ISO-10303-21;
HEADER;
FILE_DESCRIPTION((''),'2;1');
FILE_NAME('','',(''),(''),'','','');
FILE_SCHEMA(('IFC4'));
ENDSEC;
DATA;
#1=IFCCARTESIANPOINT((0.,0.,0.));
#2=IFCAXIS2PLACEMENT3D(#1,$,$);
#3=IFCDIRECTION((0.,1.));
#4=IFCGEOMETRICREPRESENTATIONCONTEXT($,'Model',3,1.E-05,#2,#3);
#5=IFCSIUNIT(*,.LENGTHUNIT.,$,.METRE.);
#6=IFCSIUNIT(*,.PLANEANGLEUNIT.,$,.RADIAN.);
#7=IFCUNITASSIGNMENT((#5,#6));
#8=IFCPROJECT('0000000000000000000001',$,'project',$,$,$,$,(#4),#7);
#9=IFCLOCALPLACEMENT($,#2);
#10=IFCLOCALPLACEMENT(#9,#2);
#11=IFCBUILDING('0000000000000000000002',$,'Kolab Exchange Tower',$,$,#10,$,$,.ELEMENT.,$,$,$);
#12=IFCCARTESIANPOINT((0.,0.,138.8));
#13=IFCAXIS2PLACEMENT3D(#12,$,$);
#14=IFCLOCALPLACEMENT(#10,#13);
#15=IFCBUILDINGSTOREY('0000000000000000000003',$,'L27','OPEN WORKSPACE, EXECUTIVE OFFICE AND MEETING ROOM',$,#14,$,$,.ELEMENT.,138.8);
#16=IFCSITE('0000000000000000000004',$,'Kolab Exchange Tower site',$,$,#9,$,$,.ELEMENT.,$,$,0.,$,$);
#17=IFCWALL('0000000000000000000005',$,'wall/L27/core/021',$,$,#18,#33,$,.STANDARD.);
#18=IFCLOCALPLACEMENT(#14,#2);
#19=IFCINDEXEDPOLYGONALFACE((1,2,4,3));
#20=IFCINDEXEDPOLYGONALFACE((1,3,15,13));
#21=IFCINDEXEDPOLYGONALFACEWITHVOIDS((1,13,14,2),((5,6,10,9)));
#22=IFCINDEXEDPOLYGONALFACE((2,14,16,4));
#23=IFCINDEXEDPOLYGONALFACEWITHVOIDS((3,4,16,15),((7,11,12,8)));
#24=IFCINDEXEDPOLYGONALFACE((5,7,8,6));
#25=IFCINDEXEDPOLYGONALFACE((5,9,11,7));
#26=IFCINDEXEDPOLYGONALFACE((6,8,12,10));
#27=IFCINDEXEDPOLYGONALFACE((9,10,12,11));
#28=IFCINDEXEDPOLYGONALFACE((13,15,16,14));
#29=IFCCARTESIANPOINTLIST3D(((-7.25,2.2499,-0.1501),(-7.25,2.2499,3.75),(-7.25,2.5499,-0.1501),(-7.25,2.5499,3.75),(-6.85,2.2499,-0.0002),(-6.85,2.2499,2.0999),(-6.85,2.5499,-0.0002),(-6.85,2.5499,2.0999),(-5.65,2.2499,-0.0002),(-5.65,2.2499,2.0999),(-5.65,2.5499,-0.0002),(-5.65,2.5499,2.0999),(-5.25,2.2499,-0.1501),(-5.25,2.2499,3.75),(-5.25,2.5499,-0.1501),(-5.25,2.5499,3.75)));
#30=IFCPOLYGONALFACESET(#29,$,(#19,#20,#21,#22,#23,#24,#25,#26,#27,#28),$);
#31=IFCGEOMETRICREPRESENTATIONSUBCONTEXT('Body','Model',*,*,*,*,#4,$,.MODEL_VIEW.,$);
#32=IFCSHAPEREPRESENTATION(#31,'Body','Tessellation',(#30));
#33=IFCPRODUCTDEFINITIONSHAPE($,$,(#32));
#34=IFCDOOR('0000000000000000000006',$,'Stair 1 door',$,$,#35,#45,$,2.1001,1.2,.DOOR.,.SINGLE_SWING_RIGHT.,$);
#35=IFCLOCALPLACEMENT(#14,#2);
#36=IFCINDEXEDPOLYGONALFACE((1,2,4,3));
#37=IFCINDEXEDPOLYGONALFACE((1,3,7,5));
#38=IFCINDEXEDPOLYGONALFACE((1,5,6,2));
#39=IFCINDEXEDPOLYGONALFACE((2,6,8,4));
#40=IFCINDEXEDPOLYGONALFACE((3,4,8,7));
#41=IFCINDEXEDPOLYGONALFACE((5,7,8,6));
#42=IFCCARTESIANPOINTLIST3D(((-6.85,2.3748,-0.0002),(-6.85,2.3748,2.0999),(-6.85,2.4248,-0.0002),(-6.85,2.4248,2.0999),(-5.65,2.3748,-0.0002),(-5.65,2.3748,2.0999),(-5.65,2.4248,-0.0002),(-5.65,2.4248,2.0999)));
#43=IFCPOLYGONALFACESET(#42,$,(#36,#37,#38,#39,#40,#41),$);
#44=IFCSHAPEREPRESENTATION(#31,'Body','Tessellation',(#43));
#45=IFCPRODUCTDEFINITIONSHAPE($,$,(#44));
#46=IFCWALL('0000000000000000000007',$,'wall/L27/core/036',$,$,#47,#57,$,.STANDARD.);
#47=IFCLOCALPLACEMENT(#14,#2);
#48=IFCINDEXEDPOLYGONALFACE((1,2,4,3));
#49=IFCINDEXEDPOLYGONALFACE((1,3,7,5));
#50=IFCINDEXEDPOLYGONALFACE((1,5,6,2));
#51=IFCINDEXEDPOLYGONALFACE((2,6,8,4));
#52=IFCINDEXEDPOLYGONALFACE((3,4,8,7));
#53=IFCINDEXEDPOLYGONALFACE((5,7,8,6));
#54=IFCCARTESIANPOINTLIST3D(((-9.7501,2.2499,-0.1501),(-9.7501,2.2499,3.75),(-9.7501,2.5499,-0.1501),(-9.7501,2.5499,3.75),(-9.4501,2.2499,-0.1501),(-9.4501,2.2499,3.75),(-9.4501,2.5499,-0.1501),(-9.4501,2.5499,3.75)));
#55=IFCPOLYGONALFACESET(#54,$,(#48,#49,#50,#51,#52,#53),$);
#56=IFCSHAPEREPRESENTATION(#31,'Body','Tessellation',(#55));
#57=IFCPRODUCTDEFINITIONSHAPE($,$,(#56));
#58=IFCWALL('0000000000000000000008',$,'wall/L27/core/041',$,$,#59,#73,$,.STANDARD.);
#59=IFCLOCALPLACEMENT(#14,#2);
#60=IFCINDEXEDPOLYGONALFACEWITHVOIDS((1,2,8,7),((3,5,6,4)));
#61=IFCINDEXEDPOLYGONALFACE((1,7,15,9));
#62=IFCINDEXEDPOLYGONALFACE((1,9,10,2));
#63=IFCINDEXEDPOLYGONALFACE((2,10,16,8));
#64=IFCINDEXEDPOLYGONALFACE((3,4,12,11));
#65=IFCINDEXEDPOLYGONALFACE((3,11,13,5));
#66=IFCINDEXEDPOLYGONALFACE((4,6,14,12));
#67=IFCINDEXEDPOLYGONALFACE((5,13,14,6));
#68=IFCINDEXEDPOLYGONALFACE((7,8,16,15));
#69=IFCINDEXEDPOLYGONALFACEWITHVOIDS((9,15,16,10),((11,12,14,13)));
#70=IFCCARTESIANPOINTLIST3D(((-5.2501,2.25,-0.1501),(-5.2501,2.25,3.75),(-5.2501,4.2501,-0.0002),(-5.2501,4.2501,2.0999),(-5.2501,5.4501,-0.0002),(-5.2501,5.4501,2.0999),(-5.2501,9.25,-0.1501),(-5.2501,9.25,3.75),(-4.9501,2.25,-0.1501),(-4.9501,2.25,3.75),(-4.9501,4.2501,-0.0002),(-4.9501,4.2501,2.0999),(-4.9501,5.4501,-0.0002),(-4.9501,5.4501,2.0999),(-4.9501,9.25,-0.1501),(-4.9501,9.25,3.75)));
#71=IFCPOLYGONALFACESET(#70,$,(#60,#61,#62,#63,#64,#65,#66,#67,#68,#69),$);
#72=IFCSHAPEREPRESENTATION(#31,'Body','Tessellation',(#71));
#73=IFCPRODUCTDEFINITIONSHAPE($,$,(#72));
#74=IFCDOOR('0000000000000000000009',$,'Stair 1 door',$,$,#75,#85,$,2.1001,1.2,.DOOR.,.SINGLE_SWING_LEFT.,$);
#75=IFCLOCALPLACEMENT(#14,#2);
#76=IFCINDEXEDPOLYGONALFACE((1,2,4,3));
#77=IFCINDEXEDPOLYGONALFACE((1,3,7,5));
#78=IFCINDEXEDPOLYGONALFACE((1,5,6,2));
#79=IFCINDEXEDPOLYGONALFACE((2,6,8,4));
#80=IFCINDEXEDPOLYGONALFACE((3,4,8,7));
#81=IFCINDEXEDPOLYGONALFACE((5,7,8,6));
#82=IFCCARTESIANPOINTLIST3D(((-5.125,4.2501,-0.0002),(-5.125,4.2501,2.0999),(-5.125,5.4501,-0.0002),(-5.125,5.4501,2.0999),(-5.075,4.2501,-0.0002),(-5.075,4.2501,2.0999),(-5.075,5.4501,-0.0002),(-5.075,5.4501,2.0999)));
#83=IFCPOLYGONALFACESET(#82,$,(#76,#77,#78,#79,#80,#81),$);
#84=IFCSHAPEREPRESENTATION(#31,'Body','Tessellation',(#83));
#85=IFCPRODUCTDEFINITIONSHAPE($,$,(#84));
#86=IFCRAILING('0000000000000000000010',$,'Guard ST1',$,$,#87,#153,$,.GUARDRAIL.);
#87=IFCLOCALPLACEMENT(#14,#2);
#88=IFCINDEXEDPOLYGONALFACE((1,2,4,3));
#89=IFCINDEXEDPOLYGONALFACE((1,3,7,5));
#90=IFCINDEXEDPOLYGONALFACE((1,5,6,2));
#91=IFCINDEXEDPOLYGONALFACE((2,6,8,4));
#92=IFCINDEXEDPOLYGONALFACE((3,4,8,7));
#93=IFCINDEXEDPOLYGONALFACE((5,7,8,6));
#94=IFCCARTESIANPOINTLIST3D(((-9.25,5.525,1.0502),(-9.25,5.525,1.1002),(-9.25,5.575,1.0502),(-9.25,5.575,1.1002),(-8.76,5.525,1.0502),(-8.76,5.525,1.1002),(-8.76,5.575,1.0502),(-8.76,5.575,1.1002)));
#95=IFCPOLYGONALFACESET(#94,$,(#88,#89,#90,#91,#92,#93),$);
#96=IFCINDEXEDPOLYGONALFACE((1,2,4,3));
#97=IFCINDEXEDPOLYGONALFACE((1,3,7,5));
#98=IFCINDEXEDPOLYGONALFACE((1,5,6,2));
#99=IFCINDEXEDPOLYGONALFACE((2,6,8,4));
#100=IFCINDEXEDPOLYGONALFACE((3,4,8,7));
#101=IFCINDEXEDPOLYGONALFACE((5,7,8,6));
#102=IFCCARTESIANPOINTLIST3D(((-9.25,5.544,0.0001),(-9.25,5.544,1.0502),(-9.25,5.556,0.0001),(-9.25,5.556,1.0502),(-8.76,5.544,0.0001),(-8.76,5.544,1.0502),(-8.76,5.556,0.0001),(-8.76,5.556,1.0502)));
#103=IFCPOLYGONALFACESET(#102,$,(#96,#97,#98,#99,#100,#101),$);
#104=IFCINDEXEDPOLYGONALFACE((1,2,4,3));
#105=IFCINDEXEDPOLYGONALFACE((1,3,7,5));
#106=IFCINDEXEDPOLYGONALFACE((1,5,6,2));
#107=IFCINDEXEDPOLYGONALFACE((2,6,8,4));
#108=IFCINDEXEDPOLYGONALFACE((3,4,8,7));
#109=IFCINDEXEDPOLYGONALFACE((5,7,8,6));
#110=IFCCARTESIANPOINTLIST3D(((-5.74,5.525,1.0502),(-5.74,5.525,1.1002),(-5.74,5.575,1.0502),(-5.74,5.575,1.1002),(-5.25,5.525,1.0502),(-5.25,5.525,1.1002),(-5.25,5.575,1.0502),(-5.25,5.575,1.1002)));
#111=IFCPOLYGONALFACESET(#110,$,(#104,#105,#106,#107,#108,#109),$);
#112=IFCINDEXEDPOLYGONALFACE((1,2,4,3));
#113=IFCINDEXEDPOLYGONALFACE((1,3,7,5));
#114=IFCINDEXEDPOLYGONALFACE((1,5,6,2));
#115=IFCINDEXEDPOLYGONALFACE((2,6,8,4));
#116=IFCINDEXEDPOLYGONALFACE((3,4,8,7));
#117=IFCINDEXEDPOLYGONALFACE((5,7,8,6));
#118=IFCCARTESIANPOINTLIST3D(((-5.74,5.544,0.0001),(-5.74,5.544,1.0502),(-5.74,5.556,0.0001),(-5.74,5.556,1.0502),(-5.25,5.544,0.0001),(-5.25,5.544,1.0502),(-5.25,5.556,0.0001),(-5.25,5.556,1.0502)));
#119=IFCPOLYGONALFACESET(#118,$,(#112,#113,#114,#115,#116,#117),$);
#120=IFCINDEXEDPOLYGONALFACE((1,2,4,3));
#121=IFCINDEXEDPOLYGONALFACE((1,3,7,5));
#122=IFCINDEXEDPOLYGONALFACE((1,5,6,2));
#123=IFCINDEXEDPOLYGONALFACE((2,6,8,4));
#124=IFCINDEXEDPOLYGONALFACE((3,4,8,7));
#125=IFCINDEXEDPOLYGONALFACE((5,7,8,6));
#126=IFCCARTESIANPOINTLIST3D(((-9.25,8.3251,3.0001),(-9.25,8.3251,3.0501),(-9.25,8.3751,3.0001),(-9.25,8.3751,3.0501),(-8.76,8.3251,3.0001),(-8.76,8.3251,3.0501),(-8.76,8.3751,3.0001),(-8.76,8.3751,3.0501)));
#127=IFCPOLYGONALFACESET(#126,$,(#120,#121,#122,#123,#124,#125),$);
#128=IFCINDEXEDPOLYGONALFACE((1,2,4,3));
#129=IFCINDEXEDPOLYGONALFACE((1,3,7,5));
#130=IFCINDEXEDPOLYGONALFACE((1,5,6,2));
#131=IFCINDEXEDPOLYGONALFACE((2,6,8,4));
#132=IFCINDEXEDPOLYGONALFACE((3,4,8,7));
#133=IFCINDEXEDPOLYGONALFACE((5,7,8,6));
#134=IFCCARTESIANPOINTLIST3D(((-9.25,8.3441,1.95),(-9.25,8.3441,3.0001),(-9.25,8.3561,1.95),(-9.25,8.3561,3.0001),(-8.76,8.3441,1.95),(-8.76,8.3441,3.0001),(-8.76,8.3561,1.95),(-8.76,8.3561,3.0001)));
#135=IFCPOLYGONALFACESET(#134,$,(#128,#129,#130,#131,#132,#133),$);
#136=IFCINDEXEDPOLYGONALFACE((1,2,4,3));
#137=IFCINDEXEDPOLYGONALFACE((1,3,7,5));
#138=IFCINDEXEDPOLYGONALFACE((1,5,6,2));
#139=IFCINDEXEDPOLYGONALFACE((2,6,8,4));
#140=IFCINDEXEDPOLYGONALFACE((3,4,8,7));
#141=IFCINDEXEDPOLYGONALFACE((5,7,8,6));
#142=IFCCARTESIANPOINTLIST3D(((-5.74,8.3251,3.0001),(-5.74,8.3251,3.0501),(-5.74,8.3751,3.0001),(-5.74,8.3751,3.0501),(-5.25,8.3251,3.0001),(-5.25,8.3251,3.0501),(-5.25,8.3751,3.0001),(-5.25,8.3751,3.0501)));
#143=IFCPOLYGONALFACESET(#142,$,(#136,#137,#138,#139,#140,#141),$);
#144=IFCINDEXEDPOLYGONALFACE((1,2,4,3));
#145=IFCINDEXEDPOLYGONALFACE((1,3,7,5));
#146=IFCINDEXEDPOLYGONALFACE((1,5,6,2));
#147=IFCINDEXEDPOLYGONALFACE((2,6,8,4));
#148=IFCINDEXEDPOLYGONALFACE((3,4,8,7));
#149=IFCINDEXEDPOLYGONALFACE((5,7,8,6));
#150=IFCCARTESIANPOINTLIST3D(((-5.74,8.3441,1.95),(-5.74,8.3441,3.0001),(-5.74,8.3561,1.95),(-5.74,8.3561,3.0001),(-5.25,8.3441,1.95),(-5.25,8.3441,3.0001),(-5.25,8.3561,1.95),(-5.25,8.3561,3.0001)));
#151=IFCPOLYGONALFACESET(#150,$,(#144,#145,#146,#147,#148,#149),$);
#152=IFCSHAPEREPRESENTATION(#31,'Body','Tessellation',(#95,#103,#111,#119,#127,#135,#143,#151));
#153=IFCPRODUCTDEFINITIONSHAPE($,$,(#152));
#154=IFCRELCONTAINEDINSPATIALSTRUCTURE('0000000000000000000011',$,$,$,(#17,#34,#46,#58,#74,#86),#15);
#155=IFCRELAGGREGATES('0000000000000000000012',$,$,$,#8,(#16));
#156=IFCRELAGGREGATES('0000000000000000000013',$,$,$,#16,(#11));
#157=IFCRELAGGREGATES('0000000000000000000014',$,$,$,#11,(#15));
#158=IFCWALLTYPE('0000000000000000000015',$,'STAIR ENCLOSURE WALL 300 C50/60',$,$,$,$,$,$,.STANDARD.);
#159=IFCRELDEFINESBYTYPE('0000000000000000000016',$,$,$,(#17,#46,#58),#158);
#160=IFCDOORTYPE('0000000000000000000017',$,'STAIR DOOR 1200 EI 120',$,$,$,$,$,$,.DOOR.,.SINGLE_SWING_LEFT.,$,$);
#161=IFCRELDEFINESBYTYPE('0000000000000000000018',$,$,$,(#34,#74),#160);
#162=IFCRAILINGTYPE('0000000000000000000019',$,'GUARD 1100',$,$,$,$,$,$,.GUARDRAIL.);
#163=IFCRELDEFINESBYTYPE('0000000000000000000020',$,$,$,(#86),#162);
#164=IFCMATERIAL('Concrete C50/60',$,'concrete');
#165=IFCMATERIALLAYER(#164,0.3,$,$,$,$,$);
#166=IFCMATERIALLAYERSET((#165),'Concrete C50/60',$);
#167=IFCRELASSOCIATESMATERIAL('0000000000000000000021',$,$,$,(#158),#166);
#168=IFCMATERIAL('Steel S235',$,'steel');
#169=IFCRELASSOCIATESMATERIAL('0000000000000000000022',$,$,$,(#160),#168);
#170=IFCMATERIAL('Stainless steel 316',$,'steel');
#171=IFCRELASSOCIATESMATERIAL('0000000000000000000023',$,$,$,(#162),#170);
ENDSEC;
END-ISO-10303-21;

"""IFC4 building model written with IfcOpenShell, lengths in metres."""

from ifc_helpers import new_model, si_unit, direction, frame, frame_2d, origin, origin_2d, place, context, subcontext, project, spatial, rectangle, extrude, material, layer, layer_set, type_object, element, fill, save


model = new_model("IFC4")

# Units and contexts
model_context = context("Model", 3, precision=1e-05, world=origin(), true_north=direction((0.0, 1.0)))
body_context = subcontext(model_context, "Body", "Model", "MODEL_VIEW")
ifc_project = project(units=[si_unit("LENGTHUNIT", "METRE"), si_unit("PLANEANGLEUNIT", "RADIAN")], contexts=[model_context])

# Site, building, storey
site_placement = place(None, origin())
site = spatial("IfcSite", under=ifc_project, at=site_placement, Name="Kolab Exchange Tower site", CompositionType="ELEMENT", RefElevation=0.0)
building_placement = place(site_placement, origin())
building = spatial("IfcBuilding", under=site, at=building_placement, Name="Kolab Exchange Tower", CompositionType="ELEMENT")
storey_placement = place(building_placement, frame((0.0, 0.0, 138.8)))
storey = spatial("IfcBuildingStorey", under=building, at=storey_placement, Name="L27", Description="OPEN WORKSPACE, EXECUTIVE OFFICE AND MEETING ROOM", CompositionType="ELEMENT", Elevation=138.8)

# Shared definitions
ifc_material_1 = material(Name="Concrete C50/60", Category="concrete")

# Shared definitions
ifc_material_2 = material(Name="Stainless steel 316", Category="steel")
ifc_material_3 = material(Name="Steel S235", Category="steel")

# Shared definitions
ifc_layer_1 = layer(ifc_material_1, 0.3)
ifc_layer_set_1 = layer_set([ifc_layer_1], Name="Concrete C50/60")
wall_type_1 = type_object("IfcWallType", Name="STAIR ENCLOSURE WALL 300 C50/60", PredefinedType="STANDARD", material=ifc_layer_set_1)

# Wall, opening, door
wall_1_placement = place(storey_placement, frame((-7.25, 2.3999, -0.1501), z_axis=(0.0, 0.0, 1.0), x_axis=(1.0, 0.0, 0.0)))
wall_1 = element("IfcWall", 1, at=wall_1_placement, inside=storey, type_object=wall_type_1, Name="wall/L27/core/021", PredefinedType="STANDARD", context=body_context, shape_type="SweptSolid", body=[
    extrude(rectangle(XDim=2.0, YDim=0.3, at=frame_2d((1.0, 0.0))), origin(), (0.0, 0.0, 1.0), 3.9001),
])
opening_1_placement = place(wall_1_placement, frame((0.3999, 0.0, 0.1499)))
opening_1 = element("IfcOpeningElement", 2, at=opening_1_placement, cuts=wall_1, PredefinedType="OPENING", context=body_context, shape_type="SweptSolid", body=[
    extrude(rectangle(XDim=1.2, YDim=2.1001, at=frame_2d((0.6001, 1.05))), frame((0.0, 0.1602, 0.0), z_axis=(0.0, -1.0, 0.0), x_axis=(1.0, 0.0, 0.0)), (0.0, 0.0, 1.0), 0.3201),
])
door_type_1 = type_object("IfcDoorType", Name="STAIR DOOR 1200 EI 120", OperationType="SINGLE_SWING_LEFT", PredefinedType="DOOR", material=ifc_material_3)
door_1_placement = place(opening_1_placement, origin())
door_1 = element("IfcDoor", 3, at=door_1_placement, inside=storey, type_object=door_type_1, Name="Stair 1 door", OperationType="SINGLE_SWING_RIGHT", OverallHeight=2.1001, OverallWidth=1.2, PredefinedType="DOOR", context=body_context, shape_type="SweptSolid", body=[
    extrude(rectangle(XDim=1.2, YDim=2.1001, at=frame_2d((0.6001, 1.05))), frame((0.0, 0.0249, 0.0), z_axis=(0.0, -1.0, 0.0), x_axis=(1.0, 0.0, 0.0)), (0.0, 0.0, 1.0), 0.05),
])
fill(opening_1, door_1)

# Wall
wall_2_placement = place(storey_placement, frame((-9.6001, 2.25, -0.1501), z_axis=(0.0, 0.0, 1.0), x_axis=(0.0, 1.0, 0.0)))
element("IfcWall", 4, at=wall_2_placement, inside=storey, type_object=wall_type_1, Name="wall/L27/core/036", PredefinedType="STANDARD", context=body_context, shape_type="SweptSolid", body=[
    extrude(rectangle(XDim=0.3, YDim=0.3, at=frame_2d((0.1499, 0.0))), origin(), (0.0, 0.0, 1.0), 3.9001),
])

# Wall, opening, door
wall_3_placement = place(storey_placement, frame((-5.1001, 2.25, -0.1501), z_axis=(0.0, 0.0, 1.0), x_axis=(0.0, 1.0, 0.0)))
wall_3 = element("IfcWall", 5, at=wall_3_placement, inside=storey, type_object=wall_type_1, Name="wall/L27/core/041", PredefinedType="STANDARD", context=body_context, shape_type="SweptSolid", body=[
    extrude(rectangle(XDim=7.0, YDim=0.3, at=frame_2d((3.5, 0.0))), origin(), (0.0, 0.0, 1.0), 3.9001),
])
opening_2_placement = place(wall_3_placement, frame((2.0, 0.0, 0.1499)))
opening_2 = element("IfcOpeningElement", 6, at=opening_2_placement, cuts=wall_3, PredefinedType="OPENING", context=body_context, shape_type="SweptSolid", body=[
    extrude(rectangle(XDim=1.2, YDim=2.1001, at=frame_2d((0.6001, 1.05))), frame((0.0, 0.1602, 0.0), z_axis=(0.0, -1.0, 0.0), x_axis=(1.0, 0.0, 0.0)), (0.0, 0.0, 1.0), 0.3201),
])
door_2_placement = place(opening_2_placement, origin())
door_2 = element("IfcDoor", 7, at=door_2_placement, inside=storey, type_object=door_type_1, Name="Stair 1 door", OperationType="SINGLE_SWING_LEFT", OverallHeight=2.1001, OverallWidth=1.2, PredefinedType="DOOR", context=body_context, shape_type="SweptSolid", body=[
    extrude(rectangle(XDim=1.2, YDim=2.1001, at=frame_2d((0.6001, 1.05))), frame((0.0, 0.0249, 0.0), z_axis=(0.0, -1.0, 0.0), x_axis=(1.0, 0.0, 0.0)), (0.0, 0.0, 1.0), 0.05),
])
fill(opening_2, door_2)

# Railing
railing_type = type_object("IfcRailingType", Name="GUARD 1100", PredefinedType="GUARDRAIL", material=ifc_material_2)
railing_placement = place(storey_placement, frame((-9.25, 5.55, 0.0)))
element("IfcRailing", 8, at=railing_placement, inside=storey, type_object=railing_type, Name="Guard ST1", PredefinedType="GUARDRAIL", context=body_context, shape_type="SweptSolid", body=[
    extrude(rectangle(XDim=0.05, YDim=0.05, at=origin_2d()), frame((0.0, 0.0, 1.0752), z_axis=(1.0, 0.0, 0.0), x_axis=(0.0, 1.0, 0.0)), (0.0, 0.0, 1.0), 0.49),
    extrude(rectangle(XDim=0.012, YDim=1.0501, at=frame_2d((0.0, 0.5251))), frame((0.0, 0.0, 0.0), z_axis=(1.0, 0.0, 0.0), x_axis=(0.0, 1.0, 0.0)), (0.0, 0.0, 1.0), 0.49),
    extrude(rectangle(XDim=0.05, YDim=0.05, at=origin_2d()), frame((3.51, 0.0, 1.0752), z_axis=(1.0, 0.0, 0.0), x_axis=(0.0, 1.0, 0.0)), (0.0, 0.0, 1.0), 0.49),
    extrude(rectangle(XDim=0.012, YDim=1.0501, at=frame_2d((0.0, 0.5251))), frame((3.51, 0.0, 0.0), z_axis=(1.0, 0.0, 0.0), x_axis=(0.0, 1.0, 0.0)), (0.0, 0.0, 1.0), 0.49),
    extrude(rectangle(XDim=0.05, YDim=0.05, at=origin_2d()), frame((0.0, 2.8, 3.0251), z_axis=(1.0, 0.0, 0.0), x_axis=(0.0, 1.0, 0.0)), (0.0, 0.0, 1.0), 0.49),
    extrude(rectangle(XDim=0.012, YDim=1.0501, at=frame_2d((0.0, 0.5251))), frame((0.0, 2.8, 1.95), z_axis=(1.0, 0.0, 0.0), x_axis=(0.0, 1.0, 0.0)), (0.0, 0.0, 1.0), 0.49),
    extrude(rectangle(XDim=0.05, YDim=0.05, at=origin_2d()), frame((3.51, 2.8, 3.0251), z_axis=(1.0, 0.0, 0.0), x_axis=(0.0, 1.0, 0.0)), (0.0, 0.0, 1.0), 0.49),
    extrude(rectangle(XDim=0.012, YDim=1.0501, at=frame_2d((0.0, 0.5251))), frame((3.51, 2.8, 1.95), z_axis=(1.0, 0.0, 0.0), x_axis=(0.0, 1.0, 0.0)), (0.0, 0.0, 1.0), 0.49),
])

save(model, "model.ifc")
